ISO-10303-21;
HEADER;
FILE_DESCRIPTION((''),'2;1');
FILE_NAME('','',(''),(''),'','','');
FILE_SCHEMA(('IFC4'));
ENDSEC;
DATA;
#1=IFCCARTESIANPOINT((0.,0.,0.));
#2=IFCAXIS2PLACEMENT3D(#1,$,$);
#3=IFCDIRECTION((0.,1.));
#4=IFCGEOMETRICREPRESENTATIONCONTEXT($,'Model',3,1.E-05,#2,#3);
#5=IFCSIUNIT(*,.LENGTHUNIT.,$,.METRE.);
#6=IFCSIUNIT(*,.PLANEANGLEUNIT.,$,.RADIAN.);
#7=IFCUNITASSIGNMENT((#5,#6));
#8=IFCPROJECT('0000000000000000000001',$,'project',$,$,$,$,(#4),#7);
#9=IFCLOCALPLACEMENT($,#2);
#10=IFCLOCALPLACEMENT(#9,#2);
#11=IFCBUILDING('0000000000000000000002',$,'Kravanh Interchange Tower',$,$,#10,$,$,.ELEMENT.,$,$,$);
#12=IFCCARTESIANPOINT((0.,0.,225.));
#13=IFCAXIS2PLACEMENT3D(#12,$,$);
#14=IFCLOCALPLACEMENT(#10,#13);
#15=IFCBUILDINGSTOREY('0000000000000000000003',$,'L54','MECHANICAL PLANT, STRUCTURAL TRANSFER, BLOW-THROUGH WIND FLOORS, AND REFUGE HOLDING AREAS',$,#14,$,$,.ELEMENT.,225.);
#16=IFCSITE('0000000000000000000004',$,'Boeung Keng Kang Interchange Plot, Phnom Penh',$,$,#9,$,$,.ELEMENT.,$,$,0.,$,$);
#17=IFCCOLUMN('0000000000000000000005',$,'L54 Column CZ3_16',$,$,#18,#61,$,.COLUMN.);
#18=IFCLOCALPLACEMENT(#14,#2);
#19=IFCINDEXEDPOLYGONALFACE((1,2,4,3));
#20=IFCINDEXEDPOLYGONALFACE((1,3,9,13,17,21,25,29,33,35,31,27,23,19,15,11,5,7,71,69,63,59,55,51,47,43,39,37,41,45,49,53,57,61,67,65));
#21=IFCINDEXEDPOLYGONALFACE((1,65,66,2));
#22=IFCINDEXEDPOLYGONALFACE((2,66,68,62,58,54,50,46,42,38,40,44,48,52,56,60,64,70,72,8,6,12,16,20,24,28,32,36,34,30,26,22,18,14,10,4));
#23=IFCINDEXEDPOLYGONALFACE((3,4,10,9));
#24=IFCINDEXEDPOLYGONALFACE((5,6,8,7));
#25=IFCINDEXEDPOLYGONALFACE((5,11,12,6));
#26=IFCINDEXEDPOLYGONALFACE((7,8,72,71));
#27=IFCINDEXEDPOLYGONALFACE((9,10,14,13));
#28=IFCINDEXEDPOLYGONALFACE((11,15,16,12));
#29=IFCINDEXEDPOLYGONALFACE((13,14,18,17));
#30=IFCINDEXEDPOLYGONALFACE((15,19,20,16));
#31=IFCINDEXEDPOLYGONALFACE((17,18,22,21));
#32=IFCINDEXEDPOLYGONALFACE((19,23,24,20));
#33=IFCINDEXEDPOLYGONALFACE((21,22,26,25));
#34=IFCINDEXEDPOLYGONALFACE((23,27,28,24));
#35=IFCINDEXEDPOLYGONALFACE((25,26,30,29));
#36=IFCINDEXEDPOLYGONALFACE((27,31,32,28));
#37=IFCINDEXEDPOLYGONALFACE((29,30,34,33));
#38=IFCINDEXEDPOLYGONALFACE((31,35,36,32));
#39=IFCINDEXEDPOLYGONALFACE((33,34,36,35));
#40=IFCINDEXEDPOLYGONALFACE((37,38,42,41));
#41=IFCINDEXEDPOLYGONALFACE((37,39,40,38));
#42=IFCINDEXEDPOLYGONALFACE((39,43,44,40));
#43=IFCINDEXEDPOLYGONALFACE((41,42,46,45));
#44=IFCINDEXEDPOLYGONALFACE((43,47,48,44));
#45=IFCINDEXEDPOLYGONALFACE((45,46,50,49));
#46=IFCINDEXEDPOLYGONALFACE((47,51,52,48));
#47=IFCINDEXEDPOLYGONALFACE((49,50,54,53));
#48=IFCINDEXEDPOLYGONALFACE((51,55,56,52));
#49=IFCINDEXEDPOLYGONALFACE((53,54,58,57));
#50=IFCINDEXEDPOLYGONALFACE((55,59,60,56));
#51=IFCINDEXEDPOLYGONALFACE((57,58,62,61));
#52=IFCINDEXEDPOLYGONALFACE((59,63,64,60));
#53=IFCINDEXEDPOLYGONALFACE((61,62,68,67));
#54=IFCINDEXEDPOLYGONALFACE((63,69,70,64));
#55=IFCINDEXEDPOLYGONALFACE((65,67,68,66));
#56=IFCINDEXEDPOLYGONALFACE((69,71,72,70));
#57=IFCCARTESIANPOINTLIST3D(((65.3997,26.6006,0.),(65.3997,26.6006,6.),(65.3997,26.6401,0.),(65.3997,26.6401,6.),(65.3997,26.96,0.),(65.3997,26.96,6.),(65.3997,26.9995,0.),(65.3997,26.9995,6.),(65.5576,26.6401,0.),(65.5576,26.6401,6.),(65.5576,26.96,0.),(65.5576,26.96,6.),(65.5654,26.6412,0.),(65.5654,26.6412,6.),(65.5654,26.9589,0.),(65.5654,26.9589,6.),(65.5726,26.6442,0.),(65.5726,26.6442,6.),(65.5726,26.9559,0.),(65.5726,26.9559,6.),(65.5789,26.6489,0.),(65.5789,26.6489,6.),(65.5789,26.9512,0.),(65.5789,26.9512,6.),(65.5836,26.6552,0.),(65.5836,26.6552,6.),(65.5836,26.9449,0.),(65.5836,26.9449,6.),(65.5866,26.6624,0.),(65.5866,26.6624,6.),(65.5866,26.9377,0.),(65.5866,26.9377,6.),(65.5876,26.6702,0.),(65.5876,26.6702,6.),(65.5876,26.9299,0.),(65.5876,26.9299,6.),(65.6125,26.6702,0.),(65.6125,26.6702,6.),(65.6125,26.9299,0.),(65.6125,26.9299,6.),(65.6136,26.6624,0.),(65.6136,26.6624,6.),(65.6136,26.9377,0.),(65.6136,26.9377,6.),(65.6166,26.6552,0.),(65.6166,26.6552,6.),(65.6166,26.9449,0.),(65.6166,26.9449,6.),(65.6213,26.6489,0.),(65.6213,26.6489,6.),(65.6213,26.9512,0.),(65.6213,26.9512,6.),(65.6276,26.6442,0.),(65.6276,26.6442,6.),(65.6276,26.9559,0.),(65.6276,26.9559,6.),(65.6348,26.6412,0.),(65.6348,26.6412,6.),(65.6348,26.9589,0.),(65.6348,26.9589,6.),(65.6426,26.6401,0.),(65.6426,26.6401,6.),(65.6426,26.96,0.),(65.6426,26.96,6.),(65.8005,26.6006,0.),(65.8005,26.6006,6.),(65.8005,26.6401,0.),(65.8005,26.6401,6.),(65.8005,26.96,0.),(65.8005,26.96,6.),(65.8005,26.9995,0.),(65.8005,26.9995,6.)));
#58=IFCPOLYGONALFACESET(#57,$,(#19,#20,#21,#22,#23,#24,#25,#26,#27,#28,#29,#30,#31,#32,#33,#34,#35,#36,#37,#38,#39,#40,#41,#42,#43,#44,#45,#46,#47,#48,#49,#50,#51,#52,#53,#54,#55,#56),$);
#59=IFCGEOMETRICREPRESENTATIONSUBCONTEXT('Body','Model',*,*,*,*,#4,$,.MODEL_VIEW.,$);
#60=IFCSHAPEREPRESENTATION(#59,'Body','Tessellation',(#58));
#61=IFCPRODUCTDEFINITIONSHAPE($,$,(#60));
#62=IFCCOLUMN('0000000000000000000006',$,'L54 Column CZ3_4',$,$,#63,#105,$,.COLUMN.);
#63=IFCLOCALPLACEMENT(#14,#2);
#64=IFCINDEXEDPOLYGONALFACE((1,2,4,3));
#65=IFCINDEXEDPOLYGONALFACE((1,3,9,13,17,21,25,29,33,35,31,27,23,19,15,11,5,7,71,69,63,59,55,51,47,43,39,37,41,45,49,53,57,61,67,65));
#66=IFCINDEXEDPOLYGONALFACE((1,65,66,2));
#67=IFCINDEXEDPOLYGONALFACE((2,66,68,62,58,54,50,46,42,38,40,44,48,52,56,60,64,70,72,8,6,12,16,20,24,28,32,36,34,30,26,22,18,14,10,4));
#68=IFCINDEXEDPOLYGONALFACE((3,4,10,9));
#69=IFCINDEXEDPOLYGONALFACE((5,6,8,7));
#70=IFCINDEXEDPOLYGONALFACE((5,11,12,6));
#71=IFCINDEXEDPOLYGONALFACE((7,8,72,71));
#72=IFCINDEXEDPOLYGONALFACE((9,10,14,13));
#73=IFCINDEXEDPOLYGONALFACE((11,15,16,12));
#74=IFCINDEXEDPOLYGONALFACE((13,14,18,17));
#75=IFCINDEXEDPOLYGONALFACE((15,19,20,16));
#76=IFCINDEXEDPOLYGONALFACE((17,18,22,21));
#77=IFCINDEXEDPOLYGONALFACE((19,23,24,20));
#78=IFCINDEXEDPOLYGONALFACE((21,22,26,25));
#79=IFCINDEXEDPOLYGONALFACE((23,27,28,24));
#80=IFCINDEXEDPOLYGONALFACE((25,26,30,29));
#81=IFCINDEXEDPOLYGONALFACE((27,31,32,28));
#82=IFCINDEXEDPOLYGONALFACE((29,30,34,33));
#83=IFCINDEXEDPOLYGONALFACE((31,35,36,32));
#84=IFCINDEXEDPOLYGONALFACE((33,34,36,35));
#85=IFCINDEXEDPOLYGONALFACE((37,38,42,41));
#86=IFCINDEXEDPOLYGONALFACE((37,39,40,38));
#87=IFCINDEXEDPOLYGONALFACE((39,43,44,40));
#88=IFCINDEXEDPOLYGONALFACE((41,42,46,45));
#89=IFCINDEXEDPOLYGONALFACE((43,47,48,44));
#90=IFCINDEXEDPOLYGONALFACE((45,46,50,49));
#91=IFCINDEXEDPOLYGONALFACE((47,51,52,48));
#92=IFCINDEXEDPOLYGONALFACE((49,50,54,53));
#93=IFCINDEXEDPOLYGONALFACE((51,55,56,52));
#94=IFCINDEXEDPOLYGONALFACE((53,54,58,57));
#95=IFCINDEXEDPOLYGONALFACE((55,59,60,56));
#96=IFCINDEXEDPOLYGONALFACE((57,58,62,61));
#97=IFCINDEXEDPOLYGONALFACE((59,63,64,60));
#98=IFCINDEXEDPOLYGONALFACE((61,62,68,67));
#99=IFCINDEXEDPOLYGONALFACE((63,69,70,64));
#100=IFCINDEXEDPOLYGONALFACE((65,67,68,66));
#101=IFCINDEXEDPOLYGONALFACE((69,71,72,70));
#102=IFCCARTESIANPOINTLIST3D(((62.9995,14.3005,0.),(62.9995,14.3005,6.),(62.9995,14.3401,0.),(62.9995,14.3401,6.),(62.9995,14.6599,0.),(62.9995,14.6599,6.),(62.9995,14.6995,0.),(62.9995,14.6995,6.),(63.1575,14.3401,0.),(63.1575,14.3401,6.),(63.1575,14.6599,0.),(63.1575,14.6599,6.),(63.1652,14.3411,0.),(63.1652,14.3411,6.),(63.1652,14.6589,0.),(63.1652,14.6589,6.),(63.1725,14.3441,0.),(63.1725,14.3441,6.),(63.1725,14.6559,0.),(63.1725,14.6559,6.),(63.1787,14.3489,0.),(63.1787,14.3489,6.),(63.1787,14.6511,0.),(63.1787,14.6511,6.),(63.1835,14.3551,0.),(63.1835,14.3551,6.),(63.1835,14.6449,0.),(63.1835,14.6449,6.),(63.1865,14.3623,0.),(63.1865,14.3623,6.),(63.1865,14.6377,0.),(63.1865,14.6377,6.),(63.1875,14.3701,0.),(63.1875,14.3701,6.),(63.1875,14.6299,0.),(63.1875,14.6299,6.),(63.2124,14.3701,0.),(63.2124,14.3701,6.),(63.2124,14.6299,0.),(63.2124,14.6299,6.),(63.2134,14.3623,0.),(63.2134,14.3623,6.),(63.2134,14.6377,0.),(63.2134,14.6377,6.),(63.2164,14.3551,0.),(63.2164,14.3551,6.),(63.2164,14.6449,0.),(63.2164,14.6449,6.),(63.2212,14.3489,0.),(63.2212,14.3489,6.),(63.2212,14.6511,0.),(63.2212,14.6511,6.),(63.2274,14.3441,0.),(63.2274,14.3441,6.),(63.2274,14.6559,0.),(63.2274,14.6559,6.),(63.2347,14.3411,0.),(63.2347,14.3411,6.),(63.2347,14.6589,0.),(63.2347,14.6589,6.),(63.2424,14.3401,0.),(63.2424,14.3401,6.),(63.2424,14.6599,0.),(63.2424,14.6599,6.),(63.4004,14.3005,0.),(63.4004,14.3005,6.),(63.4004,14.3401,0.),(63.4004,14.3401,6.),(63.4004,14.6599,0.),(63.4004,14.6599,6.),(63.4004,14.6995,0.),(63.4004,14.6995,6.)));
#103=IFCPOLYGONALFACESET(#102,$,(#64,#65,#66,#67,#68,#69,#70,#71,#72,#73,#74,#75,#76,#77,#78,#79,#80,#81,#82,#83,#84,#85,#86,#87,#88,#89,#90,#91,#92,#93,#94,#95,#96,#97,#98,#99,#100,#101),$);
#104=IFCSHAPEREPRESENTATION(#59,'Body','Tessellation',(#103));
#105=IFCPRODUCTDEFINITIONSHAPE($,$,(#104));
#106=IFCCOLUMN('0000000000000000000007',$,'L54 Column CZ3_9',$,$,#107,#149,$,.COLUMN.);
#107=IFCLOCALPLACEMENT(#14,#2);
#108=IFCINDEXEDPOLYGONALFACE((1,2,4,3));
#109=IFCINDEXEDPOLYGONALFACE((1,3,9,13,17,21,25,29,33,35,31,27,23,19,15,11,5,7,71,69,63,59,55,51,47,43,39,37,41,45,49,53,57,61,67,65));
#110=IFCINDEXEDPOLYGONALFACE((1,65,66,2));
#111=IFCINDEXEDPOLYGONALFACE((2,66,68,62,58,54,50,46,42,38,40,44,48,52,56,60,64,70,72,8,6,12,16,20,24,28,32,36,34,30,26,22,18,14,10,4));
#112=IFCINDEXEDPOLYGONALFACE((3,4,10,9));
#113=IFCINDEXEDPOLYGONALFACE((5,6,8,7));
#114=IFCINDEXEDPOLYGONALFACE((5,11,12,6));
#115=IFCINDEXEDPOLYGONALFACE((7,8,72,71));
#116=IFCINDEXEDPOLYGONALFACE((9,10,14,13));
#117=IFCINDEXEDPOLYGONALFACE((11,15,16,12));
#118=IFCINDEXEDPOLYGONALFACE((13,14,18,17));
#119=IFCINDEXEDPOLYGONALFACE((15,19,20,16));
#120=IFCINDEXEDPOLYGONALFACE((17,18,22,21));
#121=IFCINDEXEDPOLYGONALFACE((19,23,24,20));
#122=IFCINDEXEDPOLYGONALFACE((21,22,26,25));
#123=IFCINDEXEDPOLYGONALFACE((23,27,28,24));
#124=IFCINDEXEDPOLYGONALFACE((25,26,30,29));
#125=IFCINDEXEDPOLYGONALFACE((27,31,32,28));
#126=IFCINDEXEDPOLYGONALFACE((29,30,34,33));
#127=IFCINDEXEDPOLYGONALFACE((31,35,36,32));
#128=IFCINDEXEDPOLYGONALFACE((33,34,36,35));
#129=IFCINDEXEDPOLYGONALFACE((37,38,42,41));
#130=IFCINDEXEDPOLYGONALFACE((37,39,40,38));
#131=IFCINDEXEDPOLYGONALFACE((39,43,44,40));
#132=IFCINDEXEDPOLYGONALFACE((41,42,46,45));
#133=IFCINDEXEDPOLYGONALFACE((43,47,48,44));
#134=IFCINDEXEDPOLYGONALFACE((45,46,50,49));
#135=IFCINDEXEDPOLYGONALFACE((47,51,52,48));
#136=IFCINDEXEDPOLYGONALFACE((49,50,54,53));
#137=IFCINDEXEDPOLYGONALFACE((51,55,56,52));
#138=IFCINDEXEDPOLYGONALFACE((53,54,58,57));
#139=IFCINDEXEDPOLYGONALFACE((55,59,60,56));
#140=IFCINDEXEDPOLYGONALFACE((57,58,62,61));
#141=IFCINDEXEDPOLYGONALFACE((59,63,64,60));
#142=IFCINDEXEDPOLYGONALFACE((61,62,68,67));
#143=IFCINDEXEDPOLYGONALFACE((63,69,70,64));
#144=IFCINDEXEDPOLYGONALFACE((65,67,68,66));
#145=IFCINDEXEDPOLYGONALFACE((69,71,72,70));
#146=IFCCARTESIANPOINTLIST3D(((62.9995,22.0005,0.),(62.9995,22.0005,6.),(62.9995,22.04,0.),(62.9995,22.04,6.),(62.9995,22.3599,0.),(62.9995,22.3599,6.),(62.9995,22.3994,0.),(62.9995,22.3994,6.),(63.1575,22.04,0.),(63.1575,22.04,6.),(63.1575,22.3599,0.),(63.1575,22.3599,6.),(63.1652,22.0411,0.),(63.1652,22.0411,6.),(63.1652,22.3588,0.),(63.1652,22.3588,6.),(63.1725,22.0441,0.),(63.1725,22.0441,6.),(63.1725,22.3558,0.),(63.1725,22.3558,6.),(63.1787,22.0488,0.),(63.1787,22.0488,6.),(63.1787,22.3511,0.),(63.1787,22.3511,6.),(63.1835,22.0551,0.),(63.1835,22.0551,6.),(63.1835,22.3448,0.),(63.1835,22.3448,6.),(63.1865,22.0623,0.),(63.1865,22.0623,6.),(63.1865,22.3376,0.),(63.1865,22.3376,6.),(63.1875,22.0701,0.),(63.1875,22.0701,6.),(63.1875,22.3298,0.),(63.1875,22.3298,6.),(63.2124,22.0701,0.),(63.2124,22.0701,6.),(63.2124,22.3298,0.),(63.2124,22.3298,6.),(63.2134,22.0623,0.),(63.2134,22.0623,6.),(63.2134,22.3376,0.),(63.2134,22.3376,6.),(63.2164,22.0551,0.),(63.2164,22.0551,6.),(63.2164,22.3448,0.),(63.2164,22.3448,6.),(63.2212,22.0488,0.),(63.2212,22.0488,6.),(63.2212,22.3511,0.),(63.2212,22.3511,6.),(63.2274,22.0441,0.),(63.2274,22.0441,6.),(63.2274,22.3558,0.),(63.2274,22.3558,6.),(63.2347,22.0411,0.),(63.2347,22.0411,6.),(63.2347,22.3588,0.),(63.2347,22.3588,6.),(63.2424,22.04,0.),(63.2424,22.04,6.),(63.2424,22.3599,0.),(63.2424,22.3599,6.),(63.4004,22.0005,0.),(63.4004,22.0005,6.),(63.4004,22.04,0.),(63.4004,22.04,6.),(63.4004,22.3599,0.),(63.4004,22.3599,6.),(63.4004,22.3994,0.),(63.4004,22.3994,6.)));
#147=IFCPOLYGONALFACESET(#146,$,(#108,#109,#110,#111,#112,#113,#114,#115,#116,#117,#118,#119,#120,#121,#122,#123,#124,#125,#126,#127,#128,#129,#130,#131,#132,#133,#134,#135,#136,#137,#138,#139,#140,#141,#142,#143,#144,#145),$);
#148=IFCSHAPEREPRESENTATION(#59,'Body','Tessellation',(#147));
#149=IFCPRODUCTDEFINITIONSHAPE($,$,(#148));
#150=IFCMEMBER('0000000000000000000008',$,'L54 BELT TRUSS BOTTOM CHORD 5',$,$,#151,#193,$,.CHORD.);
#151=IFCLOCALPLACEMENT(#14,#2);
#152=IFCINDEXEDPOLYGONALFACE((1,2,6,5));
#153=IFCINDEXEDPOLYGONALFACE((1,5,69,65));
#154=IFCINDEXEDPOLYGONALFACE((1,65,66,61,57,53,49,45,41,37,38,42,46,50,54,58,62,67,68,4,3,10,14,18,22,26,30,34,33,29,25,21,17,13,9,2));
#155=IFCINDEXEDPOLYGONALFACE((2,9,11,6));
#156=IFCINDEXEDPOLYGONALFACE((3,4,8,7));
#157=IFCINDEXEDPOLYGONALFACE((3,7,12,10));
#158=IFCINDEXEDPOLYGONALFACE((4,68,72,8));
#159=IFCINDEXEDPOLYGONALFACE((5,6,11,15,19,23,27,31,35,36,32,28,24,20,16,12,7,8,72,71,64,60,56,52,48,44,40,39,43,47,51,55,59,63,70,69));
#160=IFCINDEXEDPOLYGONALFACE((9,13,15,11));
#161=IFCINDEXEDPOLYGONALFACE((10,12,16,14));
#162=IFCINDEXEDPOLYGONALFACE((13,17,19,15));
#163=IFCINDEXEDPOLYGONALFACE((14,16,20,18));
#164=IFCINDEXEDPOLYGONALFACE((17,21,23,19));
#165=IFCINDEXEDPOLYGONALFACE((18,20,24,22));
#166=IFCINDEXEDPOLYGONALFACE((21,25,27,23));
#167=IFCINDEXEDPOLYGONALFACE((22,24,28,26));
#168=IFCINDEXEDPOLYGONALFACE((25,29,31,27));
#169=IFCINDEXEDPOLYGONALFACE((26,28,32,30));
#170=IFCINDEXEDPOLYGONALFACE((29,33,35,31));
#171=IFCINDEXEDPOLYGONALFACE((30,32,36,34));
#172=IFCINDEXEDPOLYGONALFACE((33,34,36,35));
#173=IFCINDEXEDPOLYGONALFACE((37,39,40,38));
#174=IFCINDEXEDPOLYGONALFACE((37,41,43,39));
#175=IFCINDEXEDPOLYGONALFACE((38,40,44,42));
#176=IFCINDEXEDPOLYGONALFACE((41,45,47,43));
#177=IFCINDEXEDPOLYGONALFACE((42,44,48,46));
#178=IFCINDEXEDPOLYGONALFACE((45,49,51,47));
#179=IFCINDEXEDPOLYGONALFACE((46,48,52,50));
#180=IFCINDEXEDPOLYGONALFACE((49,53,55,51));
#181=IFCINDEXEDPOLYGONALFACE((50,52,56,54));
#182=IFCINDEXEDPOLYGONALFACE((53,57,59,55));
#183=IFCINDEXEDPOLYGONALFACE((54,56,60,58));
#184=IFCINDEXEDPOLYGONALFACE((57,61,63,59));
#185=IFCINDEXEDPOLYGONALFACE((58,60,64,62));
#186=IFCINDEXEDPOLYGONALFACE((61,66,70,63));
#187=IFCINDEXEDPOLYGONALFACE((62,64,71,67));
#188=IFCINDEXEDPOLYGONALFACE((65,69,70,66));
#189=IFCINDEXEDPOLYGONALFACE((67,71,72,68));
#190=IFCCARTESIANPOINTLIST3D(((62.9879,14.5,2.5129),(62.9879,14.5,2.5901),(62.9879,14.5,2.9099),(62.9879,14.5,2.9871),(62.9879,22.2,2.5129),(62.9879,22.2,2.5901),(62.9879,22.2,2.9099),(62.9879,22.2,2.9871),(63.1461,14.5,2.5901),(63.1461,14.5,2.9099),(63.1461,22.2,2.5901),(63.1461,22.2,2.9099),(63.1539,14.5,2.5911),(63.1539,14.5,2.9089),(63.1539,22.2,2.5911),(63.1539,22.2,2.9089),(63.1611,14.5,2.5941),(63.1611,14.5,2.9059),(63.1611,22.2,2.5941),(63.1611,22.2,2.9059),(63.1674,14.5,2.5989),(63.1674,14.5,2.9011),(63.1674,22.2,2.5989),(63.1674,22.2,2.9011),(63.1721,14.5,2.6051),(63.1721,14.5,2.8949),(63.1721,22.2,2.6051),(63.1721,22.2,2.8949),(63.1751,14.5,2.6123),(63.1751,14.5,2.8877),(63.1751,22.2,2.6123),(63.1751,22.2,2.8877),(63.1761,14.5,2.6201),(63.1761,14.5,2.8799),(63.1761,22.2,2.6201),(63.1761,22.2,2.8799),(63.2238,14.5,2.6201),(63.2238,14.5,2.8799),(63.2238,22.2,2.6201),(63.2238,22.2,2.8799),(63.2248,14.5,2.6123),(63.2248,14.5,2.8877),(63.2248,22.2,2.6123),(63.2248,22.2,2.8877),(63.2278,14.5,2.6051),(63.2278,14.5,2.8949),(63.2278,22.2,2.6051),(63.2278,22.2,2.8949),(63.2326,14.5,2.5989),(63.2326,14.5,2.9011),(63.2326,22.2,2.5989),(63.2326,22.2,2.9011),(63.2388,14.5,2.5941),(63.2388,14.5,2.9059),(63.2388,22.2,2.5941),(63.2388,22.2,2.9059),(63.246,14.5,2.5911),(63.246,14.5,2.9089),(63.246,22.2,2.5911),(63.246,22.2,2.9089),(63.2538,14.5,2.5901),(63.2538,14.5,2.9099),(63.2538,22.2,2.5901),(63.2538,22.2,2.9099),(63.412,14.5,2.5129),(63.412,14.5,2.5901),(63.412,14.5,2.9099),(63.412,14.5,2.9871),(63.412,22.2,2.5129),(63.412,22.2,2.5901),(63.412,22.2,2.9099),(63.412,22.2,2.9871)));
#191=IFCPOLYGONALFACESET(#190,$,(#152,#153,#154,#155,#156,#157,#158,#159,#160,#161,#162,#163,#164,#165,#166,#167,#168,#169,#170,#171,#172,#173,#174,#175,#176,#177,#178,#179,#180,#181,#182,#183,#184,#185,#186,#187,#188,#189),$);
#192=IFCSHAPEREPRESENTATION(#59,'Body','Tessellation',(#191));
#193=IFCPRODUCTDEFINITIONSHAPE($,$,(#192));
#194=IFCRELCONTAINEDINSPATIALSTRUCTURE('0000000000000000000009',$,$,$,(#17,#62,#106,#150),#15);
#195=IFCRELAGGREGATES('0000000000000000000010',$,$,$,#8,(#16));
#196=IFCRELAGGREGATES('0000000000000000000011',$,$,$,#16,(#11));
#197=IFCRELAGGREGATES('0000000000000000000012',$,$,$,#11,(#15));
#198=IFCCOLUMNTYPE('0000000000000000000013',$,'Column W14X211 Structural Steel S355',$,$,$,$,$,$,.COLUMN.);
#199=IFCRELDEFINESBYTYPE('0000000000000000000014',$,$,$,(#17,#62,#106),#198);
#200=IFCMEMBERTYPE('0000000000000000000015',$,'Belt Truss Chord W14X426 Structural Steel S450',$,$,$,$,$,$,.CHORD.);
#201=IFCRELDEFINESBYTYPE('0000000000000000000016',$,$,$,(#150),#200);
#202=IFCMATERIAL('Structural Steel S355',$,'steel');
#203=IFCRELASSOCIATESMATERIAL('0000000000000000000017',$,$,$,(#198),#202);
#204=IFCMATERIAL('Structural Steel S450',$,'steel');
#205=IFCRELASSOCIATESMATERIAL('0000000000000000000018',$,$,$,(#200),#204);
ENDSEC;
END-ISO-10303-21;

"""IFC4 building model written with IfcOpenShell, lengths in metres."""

from ifc_helpers import new_model, si_unit, direction, frame, origin, origin_2d, place, context, subcontext, project, spatial, i_section, extrude, material, material_profile, profile_set, type_object, element, save


model = new_model("IFC4")

# Units and contexts
model_context = context("Model", 3, precision=1e-05, world=origin(), true_north=direction((0.0, 1.0)))
body_context = subcontext(model_context, "Body", "Model", "MODEL_VIEW")
ifc_project = project(units=[si_unit("LENGTHUNIT", "METRE"), si_unit("PLANEANGLEUNIT", "RADIAN")], contexts=[model_context])

# Site, building, storey
site_placement = place(None, origin())
site = spatial("IfcSite", under=ifc_project, at=site_placement, Name="Boeung Keng Kang Interchange Plot, Phnom Penh", CompositionType="ELEMENT", RefElevation=0.0)
building_placement = place(site_placement, origin())
building = spatial("IfcBuilding", under=site, at=building_placement, Name="Kravanh Interchange Tower", CompositionType="ELEMENT")
storey_placement = place(building_placement, frame((0.0, 0.0, 225.0)))
storey = spatial("IfcBuildingStorey", under=building, at=storey_placement, Name="L54", Description="MECHANICAL PLANT, STRUCTURAL TRANSFER, BLOW-THROUGH WIND FLOORS, AND REFUGE HOLDING AREAS", CompositionType="ELEMENT", Elevation=225.0)

# Columns
ifc_material_1 = material(Name="Structural Steel S355", Category="steel")
ifc_material_profile_1 = material_profile(ifc_material_1, i_section(OverallWidth=0.4009, OverallDepth=0.3989, WebThickness=0.0249, FlangeThickness=0.0396, FilletRadius=0.03, at=origin_2d()), Name="W14X211")
ifc_profile_set_1 = profile_set([ifc_material_profile_1], Name="Structural Steel S355")
column_type = type_object("IfcColumnType", Name="Column W14X211 Structural Steel S355", PredefinedType="COLUMN", material=ifc_profile_set_1)
for number, where, z_axis, x_axis, name in (
    (1, (65.6001, 26.8, 0.0), (0.0, 0.0, 1.0), (1.0, 0.0, 0.0), "L54 Column CZ3_16"),
    (2, (63.2, 14.5, 0.0), (0.0, 0.0, 1.0), (1.0, 0.0, 0.0), "L54 Column CZ3_4"),
    (3, (63.2, 22.2, 0.0), (0.0, 0.0, 1.0), (1.0, 0.0, 0.0), "L54 Column CZ3_9"),
):
    element("IfcColumn", number, at=place(storey_placement, frame(where, z_axis=z_axis, x_axis=x_axis)), inside=storey, type_object=column_type, Name=name, PredefinedType="COLUMN", context=body_context, shape_type="SweptSolid", body=[
        extrude(i_section(OverallWidth=0.4009, OverallDepth=0.3989, WebThickness=0.0249, FlangeThickness=0.0396, FilletRadius=0.03, at=origin_2d()), origin(), (0.0, 0.0, 1.0), 6.0),
    ])

# Member
ifc_material_2 = material(Name="Structural Steel S450", Category="steel")
ifc_material_profile_2 = material_profile(ifc_material_2, i_section(OverallWidth=0.4241, OverallDepth=0.4741, WebThickness=0.0476, FlangeThickness=0.0771, FilletRadius=0.03, at=origin_2d()), Name="W14X426")
ifc_profile_set_2 = profile_set([ifc_material_profile_2], Name="Structural Steel S450")
member_type_1 = type_object("IfcMemberType", Name="Belt Truss Chord W14X426 Structural Steel S450", PredefinedType="CHORD", material=ifc_profile_set_2)
for number, where, z_axis, x_axis, name in (
    (4, (63.2, 14.5, 2.75), (0.0, 1.0, 0.0), (-1.0, 0.0, 0.0), "L54 BELT TRUSS BOTTOM CHORD 5"),
):
    element("IfcMember", number, at=place(storey_placement, frame(where, z_axis=z_axis, x_axis=x_axis)), inside=storey, type_object=member_type_1, Name=name, PredefinedType="CHORD", context=body_context, shape_type="SweptSolid", body=[
        extrude(i_section(OverallWidth=0.4241, OverallDepth=0.4741, WebThickness=0.0476, FlangeThickness=0.0771, FilletRadius=0.03, at=origin_2d()), origin(), (0.0, 0.0, 1.0), 7.7),
    ])

save(model, "model.ifc")
